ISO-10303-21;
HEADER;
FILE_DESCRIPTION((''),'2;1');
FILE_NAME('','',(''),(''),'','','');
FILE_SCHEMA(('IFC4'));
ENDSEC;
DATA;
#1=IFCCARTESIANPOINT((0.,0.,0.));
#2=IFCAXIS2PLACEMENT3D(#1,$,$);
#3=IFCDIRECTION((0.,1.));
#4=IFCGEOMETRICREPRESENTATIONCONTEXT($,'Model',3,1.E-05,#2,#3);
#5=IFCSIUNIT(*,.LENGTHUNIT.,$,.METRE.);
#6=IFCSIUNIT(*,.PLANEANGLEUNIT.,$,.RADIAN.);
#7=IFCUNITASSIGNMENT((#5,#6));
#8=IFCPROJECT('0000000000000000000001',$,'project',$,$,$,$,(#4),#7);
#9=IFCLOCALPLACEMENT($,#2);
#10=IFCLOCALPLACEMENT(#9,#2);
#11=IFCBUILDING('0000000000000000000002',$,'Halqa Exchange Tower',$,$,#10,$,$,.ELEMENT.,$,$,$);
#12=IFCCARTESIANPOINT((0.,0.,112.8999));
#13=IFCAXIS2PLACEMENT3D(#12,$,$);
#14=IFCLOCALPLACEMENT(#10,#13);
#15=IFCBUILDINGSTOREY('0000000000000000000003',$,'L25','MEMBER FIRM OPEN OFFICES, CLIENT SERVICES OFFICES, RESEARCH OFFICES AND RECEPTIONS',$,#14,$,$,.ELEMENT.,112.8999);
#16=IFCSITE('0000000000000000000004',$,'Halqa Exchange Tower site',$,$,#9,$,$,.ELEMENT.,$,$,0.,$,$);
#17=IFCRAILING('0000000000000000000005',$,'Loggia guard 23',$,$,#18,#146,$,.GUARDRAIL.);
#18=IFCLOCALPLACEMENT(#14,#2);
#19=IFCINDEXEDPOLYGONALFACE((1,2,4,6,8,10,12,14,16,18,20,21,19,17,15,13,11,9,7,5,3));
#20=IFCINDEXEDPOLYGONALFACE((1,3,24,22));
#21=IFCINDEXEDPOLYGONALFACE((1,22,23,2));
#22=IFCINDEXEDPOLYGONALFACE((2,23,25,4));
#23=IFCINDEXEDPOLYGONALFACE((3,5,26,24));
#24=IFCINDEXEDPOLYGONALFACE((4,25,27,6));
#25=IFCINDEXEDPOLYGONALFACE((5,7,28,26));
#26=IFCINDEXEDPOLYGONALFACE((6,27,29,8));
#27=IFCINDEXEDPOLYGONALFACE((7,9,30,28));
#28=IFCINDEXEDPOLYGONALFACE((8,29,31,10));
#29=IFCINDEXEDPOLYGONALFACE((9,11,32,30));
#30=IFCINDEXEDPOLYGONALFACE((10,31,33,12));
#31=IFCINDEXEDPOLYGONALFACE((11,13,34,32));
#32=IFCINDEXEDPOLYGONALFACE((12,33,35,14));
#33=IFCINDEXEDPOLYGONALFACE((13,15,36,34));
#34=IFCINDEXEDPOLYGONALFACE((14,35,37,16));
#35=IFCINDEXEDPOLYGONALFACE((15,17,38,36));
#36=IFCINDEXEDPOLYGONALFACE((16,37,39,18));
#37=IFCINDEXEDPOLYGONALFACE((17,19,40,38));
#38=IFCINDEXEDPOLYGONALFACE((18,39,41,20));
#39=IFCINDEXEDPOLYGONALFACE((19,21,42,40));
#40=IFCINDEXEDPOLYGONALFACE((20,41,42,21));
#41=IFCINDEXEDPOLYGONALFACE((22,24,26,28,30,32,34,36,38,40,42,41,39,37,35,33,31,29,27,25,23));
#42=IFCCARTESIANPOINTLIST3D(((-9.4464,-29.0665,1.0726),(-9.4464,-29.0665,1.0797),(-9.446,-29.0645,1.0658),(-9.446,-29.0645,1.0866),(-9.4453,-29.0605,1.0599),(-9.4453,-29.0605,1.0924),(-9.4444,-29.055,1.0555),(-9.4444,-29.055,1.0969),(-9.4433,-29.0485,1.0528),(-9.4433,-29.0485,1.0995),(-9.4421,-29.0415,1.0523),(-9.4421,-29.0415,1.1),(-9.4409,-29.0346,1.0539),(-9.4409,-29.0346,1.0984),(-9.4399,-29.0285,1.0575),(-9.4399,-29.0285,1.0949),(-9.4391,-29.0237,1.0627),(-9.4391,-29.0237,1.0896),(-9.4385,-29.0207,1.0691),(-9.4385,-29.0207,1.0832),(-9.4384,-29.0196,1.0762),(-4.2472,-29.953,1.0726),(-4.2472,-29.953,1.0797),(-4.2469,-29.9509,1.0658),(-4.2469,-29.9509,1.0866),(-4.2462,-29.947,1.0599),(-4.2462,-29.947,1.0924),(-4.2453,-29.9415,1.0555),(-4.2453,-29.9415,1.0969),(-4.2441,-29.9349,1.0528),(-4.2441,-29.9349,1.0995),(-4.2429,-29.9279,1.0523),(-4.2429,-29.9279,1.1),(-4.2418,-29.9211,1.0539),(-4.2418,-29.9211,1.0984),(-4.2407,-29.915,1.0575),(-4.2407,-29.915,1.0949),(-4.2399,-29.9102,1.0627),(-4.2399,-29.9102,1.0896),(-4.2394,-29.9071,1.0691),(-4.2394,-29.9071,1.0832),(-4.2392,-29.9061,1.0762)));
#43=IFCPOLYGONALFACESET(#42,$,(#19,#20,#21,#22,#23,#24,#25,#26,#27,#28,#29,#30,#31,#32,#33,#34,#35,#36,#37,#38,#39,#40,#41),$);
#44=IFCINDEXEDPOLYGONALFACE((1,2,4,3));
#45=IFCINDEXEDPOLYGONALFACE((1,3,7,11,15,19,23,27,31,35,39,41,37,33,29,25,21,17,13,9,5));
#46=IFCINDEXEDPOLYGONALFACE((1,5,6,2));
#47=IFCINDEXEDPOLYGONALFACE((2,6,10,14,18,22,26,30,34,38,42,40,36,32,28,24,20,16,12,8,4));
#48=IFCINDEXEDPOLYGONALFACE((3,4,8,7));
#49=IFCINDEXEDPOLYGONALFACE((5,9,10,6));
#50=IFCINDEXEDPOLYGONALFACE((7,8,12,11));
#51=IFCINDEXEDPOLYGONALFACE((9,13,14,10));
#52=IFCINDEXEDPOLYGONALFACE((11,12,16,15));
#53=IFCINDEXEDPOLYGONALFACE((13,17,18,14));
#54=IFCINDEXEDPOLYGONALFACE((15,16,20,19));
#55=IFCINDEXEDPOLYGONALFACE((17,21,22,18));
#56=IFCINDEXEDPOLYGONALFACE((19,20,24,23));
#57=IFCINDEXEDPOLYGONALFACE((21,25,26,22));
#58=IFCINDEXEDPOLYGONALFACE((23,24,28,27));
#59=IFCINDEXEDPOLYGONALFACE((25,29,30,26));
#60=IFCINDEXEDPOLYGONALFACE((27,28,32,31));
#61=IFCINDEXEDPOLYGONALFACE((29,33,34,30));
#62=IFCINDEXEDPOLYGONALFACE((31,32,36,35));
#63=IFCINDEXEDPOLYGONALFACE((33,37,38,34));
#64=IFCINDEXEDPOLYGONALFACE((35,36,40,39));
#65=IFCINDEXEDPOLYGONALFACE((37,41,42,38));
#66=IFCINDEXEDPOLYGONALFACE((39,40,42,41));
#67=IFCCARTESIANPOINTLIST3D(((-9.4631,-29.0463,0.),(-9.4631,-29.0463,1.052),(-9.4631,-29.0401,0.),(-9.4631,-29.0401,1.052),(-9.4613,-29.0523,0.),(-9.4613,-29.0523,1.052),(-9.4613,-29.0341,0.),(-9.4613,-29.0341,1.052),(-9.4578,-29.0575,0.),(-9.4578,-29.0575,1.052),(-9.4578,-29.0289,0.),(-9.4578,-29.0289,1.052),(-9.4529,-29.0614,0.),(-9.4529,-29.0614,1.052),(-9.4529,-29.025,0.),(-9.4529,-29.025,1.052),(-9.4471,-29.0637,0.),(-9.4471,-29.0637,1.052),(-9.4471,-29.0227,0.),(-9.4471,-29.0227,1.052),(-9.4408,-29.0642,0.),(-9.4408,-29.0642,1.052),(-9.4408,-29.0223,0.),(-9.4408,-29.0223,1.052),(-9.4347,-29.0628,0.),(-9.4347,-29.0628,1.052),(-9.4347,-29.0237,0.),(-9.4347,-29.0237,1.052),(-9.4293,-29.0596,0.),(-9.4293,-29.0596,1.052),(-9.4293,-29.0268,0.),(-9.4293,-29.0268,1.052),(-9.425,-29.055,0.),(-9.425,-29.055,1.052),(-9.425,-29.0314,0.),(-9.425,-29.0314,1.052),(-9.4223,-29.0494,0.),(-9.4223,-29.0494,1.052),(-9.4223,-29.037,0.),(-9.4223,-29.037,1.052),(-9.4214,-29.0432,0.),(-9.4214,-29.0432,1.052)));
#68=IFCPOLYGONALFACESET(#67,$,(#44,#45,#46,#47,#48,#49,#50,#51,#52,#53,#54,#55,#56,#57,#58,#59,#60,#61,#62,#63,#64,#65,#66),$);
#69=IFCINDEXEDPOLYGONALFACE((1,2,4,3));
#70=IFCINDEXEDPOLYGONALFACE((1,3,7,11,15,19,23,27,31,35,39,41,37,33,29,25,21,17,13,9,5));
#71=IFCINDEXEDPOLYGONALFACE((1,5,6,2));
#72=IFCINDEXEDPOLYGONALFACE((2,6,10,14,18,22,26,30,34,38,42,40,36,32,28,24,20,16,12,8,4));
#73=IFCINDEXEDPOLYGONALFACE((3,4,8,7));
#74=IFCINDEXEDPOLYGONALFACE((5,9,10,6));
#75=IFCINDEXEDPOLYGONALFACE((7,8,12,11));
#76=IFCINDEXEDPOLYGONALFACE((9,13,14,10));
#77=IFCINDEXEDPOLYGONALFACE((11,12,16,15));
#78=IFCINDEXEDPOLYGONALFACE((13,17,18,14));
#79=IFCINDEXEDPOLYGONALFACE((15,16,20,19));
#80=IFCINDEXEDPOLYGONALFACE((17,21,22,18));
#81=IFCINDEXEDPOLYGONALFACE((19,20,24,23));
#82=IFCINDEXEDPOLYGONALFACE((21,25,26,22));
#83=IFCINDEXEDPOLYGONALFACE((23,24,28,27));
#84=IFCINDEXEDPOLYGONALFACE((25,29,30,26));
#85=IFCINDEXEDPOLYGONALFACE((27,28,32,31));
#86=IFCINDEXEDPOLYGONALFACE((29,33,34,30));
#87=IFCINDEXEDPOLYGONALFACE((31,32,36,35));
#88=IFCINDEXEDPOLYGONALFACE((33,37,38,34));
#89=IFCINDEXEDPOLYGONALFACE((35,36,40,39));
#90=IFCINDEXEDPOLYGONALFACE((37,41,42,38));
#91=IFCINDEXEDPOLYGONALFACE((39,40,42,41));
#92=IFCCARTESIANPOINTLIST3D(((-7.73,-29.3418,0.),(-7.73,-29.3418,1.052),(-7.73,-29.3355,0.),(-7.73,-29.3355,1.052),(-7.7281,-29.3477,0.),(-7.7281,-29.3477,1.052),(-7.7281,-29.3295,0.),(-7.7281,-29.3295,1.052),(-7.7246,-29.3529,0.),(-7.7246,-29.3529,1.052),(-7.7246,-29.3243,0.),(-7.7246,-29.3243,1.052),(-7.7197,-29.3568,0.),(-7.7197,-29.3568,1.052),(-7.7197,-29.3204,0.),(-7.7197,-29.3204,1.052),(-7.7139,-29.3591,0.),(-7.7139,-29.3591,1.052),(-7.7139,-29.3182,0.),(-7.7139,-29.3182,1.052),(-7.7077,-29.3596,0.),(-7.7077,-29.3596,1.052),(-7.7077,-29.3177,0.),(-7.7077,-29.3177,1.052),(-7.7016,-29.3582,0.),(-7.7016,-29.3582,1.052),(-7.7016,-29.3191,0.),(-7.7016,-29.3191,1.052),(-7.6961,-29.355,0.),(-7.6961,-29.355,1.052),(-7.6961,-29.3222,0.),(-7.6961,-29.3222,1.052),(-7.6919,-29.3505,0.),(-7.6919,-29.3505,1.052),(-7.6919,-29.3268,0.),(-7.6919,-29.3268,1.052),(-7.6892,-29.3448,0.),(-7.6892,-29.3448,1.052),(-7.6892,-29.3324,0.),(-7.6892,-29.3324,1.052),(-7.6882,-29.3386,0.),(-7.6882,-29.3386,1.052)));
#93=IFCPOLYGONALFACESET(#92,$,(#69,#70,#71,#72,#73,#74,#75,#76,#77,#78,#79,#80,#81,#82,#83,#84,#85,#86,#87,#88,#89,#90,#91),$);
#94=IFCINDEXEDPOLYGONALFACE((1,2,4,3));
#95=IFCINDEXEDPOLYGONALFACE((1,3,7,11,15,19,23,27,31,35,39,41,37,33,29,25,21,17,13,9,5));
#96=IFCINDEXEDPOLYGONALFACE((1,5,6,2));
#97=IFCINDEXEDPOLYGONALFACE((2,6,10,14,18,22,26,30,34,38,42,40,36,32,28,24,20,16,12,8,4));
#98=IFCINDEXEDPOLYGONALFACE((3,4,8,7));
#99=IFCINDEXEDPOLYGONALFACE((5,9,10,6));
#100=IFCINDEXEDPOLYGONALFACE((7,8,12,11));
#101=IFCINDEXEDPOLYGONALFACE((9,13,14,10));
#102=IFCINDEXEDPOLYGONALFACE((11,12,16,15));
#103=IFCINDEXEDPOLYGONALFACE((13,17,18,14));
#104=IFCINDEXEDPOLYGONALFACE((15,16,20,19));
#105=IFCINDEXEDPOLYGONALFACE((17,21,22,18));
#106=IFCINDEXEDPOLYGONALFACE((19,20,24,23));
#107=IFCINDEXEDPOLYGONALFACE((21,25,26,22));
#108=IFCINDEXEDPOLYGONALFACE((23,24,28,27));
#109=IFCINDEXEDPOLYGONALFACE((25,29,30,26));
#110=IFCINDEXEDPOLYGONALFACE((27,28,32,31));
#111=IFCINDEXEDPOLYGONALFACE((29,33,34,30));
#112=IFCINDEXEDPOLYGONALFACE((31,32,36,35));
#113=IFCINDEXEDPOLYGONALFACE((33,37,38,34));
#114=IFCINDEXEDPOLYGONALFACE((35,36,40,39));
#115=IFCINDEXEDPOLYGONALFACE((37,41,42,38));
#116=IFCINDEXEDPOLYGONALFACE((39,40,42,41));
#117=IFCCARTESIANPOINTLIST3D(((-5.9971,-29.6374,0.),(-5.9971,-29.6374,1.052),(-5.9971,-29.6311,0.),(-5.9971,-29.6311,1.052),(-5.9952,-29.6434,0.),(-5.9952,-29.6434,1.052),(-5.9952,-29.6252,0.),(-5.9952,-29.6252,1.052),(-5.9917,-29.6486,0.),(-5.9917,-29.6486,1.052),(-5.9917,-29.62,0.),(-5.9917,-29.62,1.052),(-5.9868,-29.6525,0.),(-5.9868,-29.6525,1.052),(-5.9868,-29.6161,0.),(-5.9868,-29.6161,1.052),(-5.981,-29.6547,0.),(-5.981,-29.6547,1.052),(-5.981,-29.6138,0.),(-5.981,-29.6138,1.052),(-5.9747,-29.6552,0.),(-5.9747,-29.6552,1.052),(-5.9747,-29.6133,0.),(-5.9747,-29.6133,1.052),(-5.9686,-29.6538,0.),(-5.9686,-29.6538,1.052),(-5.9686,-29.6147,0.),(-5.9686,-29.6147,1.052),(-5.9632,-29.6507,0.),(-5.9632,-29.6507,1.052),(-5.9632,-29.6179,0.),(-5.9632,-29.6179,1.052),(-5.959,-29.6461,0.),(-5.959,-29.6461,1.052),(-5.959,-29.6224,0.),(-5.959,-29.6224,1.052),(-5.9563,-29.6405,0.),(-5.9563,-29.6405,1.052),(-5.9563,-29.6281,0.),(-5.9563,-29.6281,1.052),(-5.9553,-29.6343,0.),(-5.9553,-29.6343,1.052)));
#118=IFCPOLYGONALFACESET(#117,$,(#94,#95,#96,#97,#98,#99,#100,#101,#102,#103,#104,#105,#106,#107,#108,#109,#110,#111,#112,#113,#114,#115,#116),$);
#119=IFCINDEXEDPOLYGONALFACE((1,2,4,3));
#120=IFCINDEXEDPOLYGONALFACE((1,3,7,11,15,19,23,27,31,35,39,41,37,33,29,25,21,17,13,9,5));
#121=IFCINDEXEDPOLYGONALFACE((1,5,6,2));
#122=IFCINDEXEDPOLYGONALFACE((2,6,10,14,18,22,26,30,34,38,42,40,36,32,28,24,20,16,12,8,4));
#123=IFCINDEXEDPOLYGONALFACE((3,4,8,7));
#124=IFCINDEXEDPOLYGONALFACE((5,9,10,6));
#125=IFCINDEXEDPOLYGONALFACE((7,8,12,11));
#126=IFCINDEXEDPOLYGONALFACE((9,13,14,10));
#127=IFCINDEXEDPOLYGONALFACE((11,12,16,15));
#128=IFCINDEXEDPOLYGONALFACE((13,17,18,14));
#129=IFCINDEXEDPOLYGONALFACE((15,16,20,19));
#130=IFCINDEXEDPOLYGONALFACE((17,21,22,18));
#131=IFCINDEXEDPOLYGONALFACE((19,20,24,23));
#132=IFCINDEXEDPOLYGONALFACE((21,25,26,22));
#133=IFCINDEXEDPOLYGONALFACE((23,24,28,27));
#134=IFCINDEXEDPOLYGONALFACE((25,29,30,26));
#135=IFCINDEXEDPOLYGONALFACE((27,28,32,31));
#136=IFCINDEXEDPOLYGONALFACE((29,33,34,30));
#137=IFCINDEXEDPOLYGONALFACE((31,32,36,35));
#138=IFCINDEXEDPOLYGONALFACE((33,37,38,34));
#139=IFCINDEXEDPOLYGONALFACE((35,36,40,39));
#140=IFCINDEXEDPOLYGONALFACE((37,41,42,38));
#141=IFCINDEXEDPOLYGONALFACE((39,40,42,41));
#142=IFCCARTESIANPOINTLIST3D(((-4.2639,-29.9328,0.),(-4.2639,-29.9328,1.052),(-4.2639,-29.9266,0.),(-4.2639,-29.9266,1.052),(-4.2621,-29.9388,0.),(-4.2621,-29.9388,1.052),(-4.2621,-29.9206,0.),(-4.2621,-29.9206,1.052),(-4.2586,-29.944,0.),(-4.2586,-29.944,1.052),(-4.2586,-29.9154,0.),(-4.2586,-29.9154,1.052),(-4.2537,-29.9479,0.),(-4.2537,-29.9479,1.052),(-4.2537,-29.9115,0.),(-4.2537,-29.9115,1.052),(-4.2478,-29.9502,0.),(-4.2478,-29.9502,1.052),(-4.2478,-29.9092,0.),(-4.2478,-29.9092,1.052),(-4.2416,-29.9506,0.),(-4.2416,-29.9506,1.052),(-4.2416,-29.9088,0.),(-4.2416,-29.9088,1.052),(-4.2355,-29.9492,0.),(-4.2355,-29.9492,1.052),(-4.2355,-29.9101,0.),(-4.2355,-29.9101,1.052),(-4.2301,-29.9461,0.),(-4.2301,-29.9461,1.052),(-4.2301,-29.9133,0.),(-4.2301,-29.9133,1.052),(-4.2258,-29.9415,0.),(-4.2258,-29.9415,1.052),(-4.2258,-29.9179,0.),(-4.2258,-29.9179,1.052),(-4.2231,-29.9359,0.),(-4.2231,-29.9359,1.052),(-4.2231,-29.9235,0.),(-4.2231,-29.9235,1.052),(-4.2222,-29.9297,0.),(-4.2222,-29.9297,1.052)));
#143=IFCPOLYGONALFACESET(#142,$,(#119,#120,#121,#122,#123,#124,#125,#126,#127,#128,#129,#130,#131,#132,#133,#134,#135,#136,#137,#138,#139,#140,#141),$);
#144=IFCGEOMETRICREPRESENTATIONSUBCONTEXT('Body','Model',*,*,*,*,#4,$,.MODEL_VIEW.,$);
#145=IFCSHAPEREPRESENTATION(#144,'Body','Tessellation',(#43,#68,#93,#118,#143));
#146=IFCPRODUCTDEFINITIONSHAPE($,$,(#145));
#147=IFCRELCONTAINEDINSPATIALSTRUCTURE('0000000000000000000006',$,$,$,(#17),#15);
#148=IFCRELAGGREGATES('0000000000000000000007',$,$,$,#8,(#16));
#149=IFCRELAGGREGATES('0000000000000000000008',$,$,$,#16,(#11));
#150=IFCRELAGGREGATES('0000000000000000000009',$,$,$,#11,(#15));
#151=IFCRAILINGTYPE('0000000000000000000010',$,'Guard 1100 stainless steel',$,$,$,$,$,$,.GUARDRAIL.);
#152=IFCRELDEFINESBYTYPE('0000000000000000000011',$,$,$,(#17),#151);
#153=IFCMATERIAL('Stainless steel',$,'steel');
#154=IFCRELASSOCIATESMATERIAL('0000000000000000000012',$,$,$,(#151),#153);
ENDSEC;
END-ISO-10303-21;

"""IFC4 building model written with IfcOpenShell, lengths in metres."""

from ifc_helpers import new_model, si_unit, direction, frame, origin, origin_2d, place, context, subcontext, project, spatial, circle, extrude, material, type_object, element, save


model = new_model("IFC4")

# Units and contexts
model_context = context("Model", 3, precision=1e-05, world=origin(), true_north=direction((0.0, 1.0)))
body_context = subcontext(model_context, "Body", "Model", "MODEL_VIEW")
ifc_project = project(units=[si_unit("LENGTHUNIT", "METRE"), si_unit("PLANEANGLEUNIT", "RADIAN")], contexts=[model_context])

# Site, building, storey
site_placement = place(None, origin())
site = spatial("IfcSite", under=ifc_project, at=site_placement, Name="Halqa Exchange Tower site", CompositionType="ELEMENT", RefElevation=0.0)
building_placement = place(site_placement, origin())
building = spatial("IfcBuilding", under=site, at=building_placement, Name="Halqa Exchange Tower", CompositionType="ELEMENT")
storey_placement = place(building_placement, frame((0.0, 0.0, 112.8999)))
storey = spatial("IfcBuildingStorey", under=building, at=storey_placement, Name="L25", Description="MEMBER FIRM OPEN OFFICES, CLIENT SERVICES OFFICES, RESEARCH OFFICES AND RECEPTIONS", CompositionType="ELEMENT", Elevation=112.8999)

# Railing
ifc_material_1 = material(Name="Stainless steel", Category="steel")
railing_type = type_object("IfcRailingType", Name="Guard 1100 stainless steel", PredefinedType="GUARDRAIL", material=ifc_material_1)
railing_1_placement = place(storey_placement, frame((-9.4424, -29.0432, 0.0)))
element("IfcRailing", 1, at=railing_1_placement, inside=storey, type_object=railing_type, Name="Loggia guard 23", PredefinedType="GUARDRAIL", context=body_context, shape_type="SweptSolid", body=[
    extrude(circle(Radius=0.0239, at=origin_2d()), frame((0.0, 0.0, 1.0762), z_axis=(0.985774, -0.168076, 0.0), x_axis=(0.168076, 0.985774, 0.0)), (0.0, 0.0, 1.0), 5.2742),
    extrude(circle(Radius=0.021, at=origin_2d()), origin(), (0.0, 0.0, 1.0), 1.052),
    extrude(circle(Radius=0.021, at=origin_2d()), frame((1.7332, -0.2954, 0.0)), (0.0, 0.0, 1.0), 1.052),
    extrude(circle(Radius=0.021, at=origin_2d()), frame((3.4661, -0.5911, 0.0)), (0.0, 0.0, 1.0), 1.052),
    extrude(circle(Radius=0.021, at=origin_2d()), frame((5.1992, -0.8865, 0.0)), (0.0, 0.0, 1.0), 1.052),
])

save(model, "model.ifc")
